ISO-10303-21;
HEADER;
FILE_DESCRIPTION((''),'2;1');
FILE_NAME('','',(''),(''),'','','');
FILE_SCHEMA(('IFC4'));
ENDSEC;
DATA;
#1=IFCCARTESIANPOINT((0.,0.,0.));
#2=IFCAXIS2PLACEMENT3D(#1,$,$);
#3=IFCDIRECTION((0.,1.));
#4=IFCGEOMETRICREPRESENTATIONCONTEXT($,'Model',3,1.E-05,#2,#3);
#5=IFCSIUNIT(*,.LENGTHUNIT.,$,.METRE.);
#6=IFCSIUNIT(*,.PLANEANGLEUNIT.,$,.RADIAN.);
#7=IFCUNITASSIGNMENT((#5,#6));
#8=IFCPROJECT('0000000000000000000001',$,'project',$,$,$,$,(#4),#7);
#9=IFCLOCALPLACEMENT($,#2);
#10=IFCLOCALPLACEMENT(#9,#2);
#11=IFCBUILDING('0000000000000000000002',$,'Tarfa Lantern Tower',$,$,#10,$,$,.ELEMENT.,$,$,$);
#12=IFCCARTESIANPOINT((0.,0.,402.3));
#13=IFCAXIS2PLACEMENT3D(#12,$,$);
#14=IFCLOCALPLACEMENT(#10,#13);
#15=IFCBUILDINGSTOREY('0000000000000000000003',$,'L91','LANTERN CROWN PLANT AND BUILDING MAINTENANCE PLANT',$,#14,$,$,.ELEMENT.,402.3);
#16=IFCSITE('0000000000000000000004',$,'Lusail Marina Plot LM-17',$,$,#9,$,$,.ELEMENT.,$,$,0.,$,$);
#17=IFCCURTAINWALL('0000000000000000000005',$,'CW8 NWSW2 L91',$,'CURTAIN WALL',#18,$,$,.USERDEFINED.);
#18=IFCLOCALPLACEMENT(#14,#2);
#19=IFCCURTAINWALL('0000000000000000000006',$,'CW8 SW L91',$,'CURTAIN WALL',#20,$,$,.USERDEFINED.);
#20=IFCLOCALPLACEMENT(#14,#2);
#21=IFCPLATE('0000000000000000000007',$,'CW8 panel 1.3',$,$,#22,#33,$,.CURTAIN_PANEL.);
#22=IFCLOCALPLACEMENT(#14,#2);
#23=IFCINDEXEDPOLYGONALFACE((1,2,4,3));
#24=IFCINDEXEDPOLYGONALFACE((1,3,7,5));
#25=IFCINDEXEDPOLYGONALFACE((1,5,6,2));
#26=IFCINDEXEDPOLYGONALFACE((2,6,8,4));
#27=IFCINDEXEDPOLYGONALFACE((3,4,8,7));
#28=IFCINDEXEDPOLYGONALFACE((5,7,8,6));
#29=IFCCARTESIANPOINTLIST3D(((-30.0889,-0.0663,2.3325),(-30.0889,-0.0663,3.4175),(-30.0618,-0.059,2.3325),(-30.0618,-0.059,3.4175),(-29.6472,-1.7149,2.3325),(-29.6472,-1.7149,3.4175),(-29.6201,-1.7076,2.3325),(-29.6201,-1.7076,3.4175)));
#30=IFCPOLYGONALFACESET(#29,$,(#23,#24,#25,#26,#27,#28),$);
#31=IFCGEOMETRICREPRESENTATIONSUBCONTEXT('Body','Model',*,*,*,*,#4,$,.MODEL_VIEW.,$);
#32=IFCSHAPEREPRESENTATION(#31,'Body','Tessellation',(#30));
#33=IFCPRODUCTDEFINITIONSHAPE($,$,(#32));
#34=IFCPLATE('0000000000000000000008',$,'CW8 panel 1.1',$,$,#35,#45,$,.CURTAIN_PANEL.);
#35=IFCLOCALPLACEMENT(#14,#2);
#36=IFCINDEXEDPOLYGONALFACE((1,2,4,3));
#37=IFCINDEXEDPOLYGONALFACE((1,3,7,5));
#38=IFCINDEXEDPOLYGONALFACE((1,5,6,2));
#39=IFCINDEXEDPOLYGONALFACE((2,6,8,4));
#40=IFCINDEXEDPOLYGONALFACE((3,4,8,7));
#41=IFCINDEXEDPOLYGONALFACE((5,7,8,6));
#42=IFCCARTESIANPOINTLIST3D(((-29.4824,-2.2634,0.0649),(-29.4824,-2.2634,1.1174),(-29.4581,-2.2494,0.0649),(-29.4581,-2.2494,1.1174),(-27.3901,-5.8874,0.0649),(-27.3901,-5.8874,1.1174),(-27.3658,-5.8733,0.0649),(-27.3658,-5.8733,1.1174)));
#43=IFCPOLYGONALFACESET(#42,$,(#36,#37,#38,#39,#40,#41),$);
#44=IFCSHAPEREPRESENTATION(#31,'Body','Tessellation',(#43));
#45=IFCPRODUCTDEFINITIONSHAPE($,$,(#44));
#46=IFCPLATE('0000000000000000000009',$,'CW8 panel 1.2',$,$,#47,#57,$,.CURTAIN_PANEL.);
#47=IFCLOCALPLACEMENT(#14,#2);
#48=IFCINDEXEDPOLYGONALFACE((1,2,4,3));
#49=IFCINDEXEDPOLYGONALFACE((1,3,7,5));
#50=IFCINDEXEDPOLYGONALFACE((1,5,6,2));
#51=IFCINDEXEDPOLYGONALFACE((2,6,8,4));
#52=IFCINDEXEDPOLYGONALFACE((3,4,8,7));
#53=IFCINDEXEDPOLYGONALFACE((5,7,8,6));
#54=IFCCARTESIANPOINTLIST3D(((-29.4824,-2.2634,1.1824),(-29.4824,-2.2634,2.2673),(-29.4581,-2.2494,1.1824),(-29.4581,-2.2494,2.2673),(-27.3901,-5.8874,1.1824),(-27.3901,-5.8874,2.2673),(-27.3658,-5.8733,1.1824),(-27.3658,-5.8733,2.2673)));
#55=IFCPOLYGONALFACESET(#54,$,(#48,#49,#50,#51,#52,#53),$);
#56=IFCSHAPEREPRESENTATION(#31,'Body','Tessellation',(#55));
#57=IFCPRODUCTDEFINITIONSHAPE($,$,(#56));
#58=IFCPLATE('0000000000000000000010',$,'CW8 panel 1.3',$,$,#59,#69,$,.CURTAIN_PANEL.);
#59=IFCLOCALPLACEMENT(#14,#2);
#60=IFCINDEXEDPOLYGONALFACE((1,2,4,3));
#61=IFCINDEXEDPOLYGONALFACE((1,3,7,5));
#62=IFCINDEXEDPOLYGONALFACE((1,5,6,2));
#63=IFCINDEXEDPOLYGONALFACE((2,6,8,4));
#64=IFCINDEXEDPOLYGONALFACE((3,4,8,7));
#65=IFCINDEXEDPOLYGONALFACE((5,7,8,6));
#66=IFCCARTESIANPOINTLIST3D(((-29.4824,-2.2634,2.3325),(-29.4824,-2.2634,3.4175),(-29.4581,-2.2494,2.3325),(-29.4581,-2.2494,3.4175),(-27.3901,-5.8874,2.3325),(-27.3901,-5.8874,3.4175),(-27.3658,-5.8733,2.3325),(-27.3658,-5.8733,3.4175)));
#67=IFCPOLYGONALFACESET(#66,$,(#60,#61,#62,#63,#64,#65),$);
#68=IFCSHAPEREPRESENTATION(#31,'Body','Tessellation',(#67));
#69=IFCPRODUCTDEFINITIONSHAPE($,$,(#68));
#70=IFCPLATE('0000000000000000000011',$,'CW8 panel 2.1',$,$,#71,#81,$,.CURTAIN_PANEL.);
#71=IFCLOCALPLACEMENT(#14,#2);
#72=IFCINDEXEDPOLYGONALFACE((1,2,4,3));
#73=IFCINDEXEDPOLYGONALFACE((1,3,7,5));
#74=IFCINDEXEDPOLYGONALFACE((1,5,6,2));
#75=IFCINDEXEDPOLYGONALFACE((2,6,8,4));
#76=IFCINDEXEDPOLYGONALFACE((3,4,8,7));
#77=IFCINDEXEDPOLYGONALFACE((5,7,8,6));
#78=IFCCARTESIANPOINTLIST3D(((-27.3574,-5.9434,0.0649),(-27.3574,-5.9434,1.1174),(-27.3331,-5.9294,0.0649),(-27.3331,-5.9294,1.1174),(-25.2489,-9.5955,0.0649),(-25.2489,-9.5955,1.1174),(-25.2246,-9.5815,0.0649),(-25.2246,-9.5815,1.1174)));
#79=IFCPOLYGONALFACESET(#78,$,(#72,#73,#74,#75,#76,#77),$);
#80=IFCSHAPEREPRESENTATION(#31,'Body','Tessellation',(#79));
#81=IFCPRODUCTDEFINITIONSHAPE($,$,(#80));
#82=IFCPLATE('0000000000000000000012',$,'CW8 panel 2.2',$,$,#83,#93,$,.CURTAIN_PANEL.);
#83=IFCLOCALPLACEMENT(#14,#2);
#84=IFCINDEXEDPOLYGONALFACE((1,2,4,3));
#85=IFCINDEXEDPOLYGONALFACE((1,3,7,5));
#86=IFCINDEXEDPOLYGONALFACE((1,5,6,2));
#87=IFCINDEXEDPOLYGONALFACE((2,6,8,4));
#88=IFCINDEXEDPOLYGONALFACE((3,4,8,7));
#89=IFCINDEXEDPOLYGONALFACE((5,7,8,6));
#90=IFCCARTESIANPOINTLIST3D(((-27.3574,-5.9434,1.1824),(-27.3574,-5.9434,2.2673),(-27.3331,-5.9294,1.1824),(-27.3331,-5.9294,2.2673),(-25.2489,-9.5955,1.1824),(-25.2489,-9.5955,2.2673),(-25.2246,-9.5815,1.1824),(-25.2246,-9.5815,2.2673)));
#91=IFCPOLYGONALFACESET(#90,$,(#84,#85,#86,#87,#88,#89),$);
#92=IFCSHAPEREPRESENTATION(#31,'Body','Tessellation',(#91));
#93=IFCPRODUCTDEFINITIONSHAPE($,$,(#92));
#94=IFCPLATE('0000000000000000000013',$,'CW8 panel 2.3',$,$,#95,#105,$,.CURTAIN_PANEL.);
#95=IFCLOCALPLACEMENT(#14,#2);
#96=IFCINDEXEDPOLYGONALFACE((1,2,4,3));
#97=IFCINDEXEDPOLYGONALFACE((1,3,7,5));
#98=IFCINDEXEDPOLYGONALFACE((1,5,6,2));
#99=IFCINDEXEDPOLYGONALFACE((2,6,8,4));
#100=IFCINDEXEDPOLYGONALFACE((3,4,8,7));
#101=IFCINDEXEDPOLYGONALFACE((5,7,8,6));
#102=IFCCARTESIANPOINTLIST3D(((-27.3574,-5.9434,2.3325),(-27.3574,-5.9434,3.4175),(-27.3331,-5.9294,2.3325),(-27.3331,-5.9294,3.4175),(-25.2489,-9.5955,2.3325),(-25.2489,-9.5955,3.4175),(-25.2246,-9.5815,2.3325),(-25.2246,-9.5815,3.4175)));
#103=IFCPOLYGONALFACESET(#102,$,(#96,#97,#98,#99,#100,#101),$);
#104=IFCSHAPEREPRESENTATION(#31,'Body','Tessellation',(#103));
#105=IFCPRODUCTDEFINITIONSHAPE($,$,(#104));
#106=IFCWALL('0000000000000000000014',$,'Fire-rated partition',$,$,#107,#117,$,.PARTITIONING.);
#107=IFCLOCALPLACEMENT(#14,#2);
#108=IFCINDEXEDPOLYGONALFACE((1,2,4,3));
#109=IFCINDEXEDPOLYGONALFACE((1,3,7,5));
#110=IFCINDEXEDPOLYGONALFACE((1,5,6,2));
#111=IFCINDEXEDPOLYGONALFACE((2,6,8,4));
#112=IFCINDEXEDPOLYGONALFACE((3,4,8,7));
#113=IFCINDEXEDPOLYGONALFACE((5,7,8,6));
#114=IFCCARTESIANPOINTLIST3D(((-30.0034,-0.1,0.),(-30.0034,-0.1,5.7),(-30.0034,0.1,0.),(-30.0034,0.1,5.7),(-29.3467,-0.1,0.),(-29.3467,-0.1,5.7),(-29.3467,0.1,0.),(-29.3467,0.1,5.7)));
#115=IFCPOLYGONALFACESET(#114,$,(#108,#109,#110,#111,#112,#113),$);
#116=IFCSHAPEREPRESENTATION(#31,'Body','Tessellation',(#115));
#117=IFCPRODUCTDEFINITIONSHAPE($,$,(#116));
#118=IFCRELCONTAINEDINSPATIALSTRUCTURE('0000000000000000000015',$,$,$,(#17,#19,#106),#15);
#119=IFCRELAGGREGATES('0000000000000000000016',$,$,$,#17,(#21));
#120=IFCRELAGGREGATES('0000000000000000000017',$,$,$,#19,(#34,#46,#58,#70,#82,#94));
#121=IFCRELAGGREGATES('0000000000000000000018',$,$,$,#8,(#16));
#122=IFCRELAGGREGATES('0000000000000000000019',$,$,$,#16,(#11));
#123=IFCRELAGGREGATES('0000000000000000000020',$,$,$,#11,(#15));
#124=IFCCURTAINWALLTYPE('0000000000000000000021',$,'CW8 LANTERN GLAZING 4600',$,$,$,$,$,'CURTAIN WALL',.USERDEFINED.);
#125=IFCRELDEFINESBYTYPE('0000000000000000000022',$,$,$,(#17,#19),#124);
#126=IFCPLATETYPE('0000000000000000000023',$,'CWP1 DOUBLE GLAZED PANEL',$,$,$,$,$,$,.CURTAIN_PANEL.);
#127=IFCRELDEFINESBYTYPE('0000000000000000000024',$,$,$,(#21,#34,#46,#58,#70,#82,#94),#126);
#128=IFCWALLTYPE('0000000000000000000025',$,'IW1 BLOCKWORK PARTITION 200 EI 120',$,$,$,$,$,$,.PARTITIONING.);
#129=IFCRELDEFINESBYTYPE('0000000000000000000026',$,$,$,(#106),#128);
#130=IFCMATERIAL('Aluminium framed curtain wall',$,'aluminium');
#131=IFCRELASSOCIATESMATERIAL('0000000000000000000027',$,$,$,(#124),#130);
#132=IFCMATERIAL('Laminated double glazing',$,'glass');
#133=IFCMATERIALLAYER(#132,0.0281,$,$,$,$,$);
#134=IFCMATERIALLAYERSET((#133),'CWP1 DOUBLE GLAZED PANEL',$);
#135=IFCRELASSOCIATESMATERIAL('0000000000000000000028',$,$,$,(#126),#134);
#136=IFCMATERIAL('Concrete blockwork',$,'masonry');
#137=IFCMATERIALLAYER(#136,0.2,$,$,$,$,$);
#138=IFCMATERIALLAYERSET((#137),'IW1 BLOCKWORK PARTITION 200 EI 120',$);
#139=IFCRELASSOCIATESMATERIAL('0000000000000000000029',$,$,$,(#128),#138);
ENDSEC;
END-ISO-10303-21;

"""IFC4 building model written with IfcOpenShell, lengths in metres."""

from ifc_helpers import new_model, si_unit, direction, frame, frame_2d, origin, origin_2d, place, context, subcontext, project, spatial, rectangle, extrude, material, layer, layer_set, type_object, element, aggregate, save


model = new_model("IFC4")

# Units and contexts
model_context = context("Model", 3, precision=1e-05, world=origin(), true_north=direction((0.0, 1.0)))
body_context = subcontext(model_context, "Body", "Model", "MODEL_VIEW")
ifc_project = project(units=[si_unit("LENGTHUNIT", "METRE"), si_unit("PLANEANGLEUNIT", "RADIAN")], contexts=[model_context])

# Site, building, storey
site_placement = place(None, origin())
site = spatial("IfcSite", under=ifc_project, at=site_placement, Name="Lusail Marina Plot LM-17", CompositionType="ELEMENT", RefElevation=0.0)
building_placement = place(site_placement, origin())
building = spatial("IfcBuilding", under=site, at=building_placement, Name="Tarfa Lantern Tower", CompositionType="ELEMENT")
storey_placement = place(building_placement, frame((0.0, 0.0, 402.3)))
storey = spatial("IfcBuildingStorey", under=building, at=storey_placement, Name="L91", Description="LANTERN CROWN PLANT AND BUILDING MAINTENANCE PLANT", CompositionType="ELEMENT", Elevation=402.3)

# Curtain walls
ifc_material_1 = material(Name="Aluminium framed curtain wall", Category="aluminium")
curtain_wall_type = type_object("IfcCurtainWallType", Name="CW8 LANTERN GLAZING 4600", ElementType="CURTAIN WALL", PredefinedType="USERDEFINED", material=ifc_material_1)
curtain_wall_1_placement = place(storey_placement, origin())
curtain_wall_1 = element("IfcCurtainWall", 1, at=curtain_wall_1_placement, inside=storey, type_object=curtain_wall_type, Name="CW8 NWSW2 L91", ObjectType="CURTAIN WALL", PredefinedType="USERDEFINED")
curtain_wall_2_placement = place(storey_placement, origin())
curtain_wall_2 = element("IfcCurtainWall", 2, at=curtain_wall_2_placement, inside=storey, type_object=curtain_wall_type, Name="CW8 SW L91", ObjectType="CURTAIN WALL", PredefinedType="USERDEFINED")

# Plates
ifc_material_2 = material(Name="Laminated double glazing", Category="glass")
ifc_layer_1 = layer(ifc_material_2, 0.0281)
ifc_layer_set_1 = layer_set([ifc_layer_1], Name="CWP1 DOUBLE GLAZED PANEL")
plate_type = type_object("IfcPlateType", Name="CWP1 DOUBLE GLAZED PANEL", PredefinedType="CURTAIN_PANEL", material=ifc_layer_set_1)
plate_1_placement = place(storey_placement, frame((-29.8545, -0.887, 2.3325), z_axis=(0.0, 0.0, 1.0), x_axis=(0.258819, -0.965926, 0.0)))
plate_1 = element("IfcPlate", 3, at=plate_1_placement, type_object=plate_type, Name="CW8 panel 1.3", PredefinedType="CURTAIN_PANEL", context=body_context, shape_type="SweptSolid", body=[
    extrude(rectangle(XDim=1.7068, YDim=0.0281, at=origin_2d()), origin(), (0.0, 0.0, 1.0), 1.085),
])
aggregate(curtain_wall_1, [plate_1])
plate_2_placement = place(storey_placement, frame((-28.4241, -4.0684, 0.0649), z_axis=(0.0, 0.0, 1.0), x_axis=(0.5, -0.866025, 0.0)))
plate_2 = element("IfcPlate", 4, at=plate_2_placement, type_object=plate_type, Name="CW8 panel 1.1", PredefinedType="CURTAIN_PANEL", context=body_context, shape_type="SweptSolid", body=[
    extrude(rectangle(XDim=4.1846, YDim=0.0281, at=origin_2d()), origin(), (0.0, 0.0, 1.0), 1.0525),
])
plate_3_placement = place(storey_placement, frame((-28.4241, -4.0684, 1.1824), z_axis=(0.0, 0.0, 1.0), x_axis=(0.5, -0.866025, 0.0)))
plate_3 = element("IfcPlate", 5, at=plate_3_placement, type_object=plate_type, Name="CW8 panel 1.2", PredefinedType="CURTAIN_PANEL", context=body_context, shape_type="SweptSolid", body=[
    extrude(rectangle(XDim=4.1846, YDim=0.0281, at=origin_2d()), origin(), (0.0, 0.0, 1.0), 1.085),
])
plate_4_placement = place(storey_placement, frame((-28.4241, -4.0684, 2.3325), z_axis=(0.0, 0.0, 1.0), x_axis=(0.5, -0.866025, 0.0)))
plate_4 = element("IfcPlate", 6, at=plate_4_placement, type_object=plate_type, Name="CW8 panel 1.3", PredefinedType="CURTAIN_PANEL", context=body_context, shape_type="SweptSolid", body=[
    extrude(rectangle(XDim=4.1846, YDim=0.0281, at=origin_2d()), origin(), (0.0, 0.0, 1.0), 1.085),
])
plate_5_placement = place(storey_placement, frame((-26.291, -7.7625, 0.0649), z_axis=(0.0, 0.0, 1.0), x_axis=(0.5, -0.866025, 0.0)))
plate_5 = element("IfcPlate", 7, at=plate_5_placement, type_object=plate_type, Name="CW8 panel 2.1", PredefinedType="CURTAIN_PANEL", context=body_context, shape_type="SweptSolid", body=[
    extrude(rectangle(XDim=4.217, YDim=0.0281, at=origin_2d()), origin(), (0.0, 0.0, 1.0), 1.0525),
])
plate_6_placement = place(storey_placement, frame((-26.291, -7.7625, 1.1824), z_axis=(0.0, 0.0, 1.0), x_axis=(0.5, -0.866025, 0.0)))
plate_6 = element("IfcPlate", 8, at=plate_6_placement, type_object=plate_type, Name="CW8 panel 2.2", PredefinedType="CURTAIN_PANEL", context=body_context, shape_type="SweptSolid", body=[
    extrude(rectangle(XDim=4.217, YDim=0.0281, at=origin_2d()), origin(), (0.0, 0.0, 1.0), 1.085),
])
plate_7_placement = place(storey_placement, frame((-26.291, -7.7625, 2.3325), z_axis=(0.0, 0.0, 1.0), x_axis=(0.5, -0.866025, 0.0)))
plate_7 = element("IfcPlate", 9, at=plate_7_placement, type_object=plate_type, Name="CW8 panel 2.3", PredefinedType="CURTAIN_PANEL", context=body_context, shape_type="SweptSolid", body=[
    extrude(rectangle(XDim=4.217, YDim=0.0281, at=origin_2d()), origin(), (0.0, 0.0, 1.0), 1.085),
])
aggregate(curtain_wall_2, [plate_2, plate_3, plate_4, plate_5, plate_6, plate_7])

# Wall
ifc_material_3 = material(Name="Concrete blockwork", Category="masonry")
ifc_layer_2 = layer(ifc_material_3, 0.2)
ifc_layer_set_2 = layer_set([ifc_layer_2], Name="IW1 BLOCKWORK PARTITION 200 EI 120")
wall_type = type_object("IfcWallType", Name="IW1 BLOCKWORK PARTITION 200 EI 120", PredefinedType="PARTITIONING", material=ifc_layer_set_2)
wall_placement = place(storey_placement, frame((-29.3467, 0.0, 0.0), z_axis=(0.0, 0.0, 1.0), x_axis=(-1.0, 0.0, 0.0)))
element("IfcWall", 10, at=wall_placement, inside=storey, type_object=wall_type, Name="Fire-rated partition", PredefinedType="PARTITIONING", context=body_context, shape_type="SweptSolid", body=[
    extrude(rectangle(XDim=0.6567, YDim=0.2, at=frame_2d((0.3284, 0.0))), origin(), (0.0, 0.0, 1.0), 5.7),
])

save(model, "model.ifc")
